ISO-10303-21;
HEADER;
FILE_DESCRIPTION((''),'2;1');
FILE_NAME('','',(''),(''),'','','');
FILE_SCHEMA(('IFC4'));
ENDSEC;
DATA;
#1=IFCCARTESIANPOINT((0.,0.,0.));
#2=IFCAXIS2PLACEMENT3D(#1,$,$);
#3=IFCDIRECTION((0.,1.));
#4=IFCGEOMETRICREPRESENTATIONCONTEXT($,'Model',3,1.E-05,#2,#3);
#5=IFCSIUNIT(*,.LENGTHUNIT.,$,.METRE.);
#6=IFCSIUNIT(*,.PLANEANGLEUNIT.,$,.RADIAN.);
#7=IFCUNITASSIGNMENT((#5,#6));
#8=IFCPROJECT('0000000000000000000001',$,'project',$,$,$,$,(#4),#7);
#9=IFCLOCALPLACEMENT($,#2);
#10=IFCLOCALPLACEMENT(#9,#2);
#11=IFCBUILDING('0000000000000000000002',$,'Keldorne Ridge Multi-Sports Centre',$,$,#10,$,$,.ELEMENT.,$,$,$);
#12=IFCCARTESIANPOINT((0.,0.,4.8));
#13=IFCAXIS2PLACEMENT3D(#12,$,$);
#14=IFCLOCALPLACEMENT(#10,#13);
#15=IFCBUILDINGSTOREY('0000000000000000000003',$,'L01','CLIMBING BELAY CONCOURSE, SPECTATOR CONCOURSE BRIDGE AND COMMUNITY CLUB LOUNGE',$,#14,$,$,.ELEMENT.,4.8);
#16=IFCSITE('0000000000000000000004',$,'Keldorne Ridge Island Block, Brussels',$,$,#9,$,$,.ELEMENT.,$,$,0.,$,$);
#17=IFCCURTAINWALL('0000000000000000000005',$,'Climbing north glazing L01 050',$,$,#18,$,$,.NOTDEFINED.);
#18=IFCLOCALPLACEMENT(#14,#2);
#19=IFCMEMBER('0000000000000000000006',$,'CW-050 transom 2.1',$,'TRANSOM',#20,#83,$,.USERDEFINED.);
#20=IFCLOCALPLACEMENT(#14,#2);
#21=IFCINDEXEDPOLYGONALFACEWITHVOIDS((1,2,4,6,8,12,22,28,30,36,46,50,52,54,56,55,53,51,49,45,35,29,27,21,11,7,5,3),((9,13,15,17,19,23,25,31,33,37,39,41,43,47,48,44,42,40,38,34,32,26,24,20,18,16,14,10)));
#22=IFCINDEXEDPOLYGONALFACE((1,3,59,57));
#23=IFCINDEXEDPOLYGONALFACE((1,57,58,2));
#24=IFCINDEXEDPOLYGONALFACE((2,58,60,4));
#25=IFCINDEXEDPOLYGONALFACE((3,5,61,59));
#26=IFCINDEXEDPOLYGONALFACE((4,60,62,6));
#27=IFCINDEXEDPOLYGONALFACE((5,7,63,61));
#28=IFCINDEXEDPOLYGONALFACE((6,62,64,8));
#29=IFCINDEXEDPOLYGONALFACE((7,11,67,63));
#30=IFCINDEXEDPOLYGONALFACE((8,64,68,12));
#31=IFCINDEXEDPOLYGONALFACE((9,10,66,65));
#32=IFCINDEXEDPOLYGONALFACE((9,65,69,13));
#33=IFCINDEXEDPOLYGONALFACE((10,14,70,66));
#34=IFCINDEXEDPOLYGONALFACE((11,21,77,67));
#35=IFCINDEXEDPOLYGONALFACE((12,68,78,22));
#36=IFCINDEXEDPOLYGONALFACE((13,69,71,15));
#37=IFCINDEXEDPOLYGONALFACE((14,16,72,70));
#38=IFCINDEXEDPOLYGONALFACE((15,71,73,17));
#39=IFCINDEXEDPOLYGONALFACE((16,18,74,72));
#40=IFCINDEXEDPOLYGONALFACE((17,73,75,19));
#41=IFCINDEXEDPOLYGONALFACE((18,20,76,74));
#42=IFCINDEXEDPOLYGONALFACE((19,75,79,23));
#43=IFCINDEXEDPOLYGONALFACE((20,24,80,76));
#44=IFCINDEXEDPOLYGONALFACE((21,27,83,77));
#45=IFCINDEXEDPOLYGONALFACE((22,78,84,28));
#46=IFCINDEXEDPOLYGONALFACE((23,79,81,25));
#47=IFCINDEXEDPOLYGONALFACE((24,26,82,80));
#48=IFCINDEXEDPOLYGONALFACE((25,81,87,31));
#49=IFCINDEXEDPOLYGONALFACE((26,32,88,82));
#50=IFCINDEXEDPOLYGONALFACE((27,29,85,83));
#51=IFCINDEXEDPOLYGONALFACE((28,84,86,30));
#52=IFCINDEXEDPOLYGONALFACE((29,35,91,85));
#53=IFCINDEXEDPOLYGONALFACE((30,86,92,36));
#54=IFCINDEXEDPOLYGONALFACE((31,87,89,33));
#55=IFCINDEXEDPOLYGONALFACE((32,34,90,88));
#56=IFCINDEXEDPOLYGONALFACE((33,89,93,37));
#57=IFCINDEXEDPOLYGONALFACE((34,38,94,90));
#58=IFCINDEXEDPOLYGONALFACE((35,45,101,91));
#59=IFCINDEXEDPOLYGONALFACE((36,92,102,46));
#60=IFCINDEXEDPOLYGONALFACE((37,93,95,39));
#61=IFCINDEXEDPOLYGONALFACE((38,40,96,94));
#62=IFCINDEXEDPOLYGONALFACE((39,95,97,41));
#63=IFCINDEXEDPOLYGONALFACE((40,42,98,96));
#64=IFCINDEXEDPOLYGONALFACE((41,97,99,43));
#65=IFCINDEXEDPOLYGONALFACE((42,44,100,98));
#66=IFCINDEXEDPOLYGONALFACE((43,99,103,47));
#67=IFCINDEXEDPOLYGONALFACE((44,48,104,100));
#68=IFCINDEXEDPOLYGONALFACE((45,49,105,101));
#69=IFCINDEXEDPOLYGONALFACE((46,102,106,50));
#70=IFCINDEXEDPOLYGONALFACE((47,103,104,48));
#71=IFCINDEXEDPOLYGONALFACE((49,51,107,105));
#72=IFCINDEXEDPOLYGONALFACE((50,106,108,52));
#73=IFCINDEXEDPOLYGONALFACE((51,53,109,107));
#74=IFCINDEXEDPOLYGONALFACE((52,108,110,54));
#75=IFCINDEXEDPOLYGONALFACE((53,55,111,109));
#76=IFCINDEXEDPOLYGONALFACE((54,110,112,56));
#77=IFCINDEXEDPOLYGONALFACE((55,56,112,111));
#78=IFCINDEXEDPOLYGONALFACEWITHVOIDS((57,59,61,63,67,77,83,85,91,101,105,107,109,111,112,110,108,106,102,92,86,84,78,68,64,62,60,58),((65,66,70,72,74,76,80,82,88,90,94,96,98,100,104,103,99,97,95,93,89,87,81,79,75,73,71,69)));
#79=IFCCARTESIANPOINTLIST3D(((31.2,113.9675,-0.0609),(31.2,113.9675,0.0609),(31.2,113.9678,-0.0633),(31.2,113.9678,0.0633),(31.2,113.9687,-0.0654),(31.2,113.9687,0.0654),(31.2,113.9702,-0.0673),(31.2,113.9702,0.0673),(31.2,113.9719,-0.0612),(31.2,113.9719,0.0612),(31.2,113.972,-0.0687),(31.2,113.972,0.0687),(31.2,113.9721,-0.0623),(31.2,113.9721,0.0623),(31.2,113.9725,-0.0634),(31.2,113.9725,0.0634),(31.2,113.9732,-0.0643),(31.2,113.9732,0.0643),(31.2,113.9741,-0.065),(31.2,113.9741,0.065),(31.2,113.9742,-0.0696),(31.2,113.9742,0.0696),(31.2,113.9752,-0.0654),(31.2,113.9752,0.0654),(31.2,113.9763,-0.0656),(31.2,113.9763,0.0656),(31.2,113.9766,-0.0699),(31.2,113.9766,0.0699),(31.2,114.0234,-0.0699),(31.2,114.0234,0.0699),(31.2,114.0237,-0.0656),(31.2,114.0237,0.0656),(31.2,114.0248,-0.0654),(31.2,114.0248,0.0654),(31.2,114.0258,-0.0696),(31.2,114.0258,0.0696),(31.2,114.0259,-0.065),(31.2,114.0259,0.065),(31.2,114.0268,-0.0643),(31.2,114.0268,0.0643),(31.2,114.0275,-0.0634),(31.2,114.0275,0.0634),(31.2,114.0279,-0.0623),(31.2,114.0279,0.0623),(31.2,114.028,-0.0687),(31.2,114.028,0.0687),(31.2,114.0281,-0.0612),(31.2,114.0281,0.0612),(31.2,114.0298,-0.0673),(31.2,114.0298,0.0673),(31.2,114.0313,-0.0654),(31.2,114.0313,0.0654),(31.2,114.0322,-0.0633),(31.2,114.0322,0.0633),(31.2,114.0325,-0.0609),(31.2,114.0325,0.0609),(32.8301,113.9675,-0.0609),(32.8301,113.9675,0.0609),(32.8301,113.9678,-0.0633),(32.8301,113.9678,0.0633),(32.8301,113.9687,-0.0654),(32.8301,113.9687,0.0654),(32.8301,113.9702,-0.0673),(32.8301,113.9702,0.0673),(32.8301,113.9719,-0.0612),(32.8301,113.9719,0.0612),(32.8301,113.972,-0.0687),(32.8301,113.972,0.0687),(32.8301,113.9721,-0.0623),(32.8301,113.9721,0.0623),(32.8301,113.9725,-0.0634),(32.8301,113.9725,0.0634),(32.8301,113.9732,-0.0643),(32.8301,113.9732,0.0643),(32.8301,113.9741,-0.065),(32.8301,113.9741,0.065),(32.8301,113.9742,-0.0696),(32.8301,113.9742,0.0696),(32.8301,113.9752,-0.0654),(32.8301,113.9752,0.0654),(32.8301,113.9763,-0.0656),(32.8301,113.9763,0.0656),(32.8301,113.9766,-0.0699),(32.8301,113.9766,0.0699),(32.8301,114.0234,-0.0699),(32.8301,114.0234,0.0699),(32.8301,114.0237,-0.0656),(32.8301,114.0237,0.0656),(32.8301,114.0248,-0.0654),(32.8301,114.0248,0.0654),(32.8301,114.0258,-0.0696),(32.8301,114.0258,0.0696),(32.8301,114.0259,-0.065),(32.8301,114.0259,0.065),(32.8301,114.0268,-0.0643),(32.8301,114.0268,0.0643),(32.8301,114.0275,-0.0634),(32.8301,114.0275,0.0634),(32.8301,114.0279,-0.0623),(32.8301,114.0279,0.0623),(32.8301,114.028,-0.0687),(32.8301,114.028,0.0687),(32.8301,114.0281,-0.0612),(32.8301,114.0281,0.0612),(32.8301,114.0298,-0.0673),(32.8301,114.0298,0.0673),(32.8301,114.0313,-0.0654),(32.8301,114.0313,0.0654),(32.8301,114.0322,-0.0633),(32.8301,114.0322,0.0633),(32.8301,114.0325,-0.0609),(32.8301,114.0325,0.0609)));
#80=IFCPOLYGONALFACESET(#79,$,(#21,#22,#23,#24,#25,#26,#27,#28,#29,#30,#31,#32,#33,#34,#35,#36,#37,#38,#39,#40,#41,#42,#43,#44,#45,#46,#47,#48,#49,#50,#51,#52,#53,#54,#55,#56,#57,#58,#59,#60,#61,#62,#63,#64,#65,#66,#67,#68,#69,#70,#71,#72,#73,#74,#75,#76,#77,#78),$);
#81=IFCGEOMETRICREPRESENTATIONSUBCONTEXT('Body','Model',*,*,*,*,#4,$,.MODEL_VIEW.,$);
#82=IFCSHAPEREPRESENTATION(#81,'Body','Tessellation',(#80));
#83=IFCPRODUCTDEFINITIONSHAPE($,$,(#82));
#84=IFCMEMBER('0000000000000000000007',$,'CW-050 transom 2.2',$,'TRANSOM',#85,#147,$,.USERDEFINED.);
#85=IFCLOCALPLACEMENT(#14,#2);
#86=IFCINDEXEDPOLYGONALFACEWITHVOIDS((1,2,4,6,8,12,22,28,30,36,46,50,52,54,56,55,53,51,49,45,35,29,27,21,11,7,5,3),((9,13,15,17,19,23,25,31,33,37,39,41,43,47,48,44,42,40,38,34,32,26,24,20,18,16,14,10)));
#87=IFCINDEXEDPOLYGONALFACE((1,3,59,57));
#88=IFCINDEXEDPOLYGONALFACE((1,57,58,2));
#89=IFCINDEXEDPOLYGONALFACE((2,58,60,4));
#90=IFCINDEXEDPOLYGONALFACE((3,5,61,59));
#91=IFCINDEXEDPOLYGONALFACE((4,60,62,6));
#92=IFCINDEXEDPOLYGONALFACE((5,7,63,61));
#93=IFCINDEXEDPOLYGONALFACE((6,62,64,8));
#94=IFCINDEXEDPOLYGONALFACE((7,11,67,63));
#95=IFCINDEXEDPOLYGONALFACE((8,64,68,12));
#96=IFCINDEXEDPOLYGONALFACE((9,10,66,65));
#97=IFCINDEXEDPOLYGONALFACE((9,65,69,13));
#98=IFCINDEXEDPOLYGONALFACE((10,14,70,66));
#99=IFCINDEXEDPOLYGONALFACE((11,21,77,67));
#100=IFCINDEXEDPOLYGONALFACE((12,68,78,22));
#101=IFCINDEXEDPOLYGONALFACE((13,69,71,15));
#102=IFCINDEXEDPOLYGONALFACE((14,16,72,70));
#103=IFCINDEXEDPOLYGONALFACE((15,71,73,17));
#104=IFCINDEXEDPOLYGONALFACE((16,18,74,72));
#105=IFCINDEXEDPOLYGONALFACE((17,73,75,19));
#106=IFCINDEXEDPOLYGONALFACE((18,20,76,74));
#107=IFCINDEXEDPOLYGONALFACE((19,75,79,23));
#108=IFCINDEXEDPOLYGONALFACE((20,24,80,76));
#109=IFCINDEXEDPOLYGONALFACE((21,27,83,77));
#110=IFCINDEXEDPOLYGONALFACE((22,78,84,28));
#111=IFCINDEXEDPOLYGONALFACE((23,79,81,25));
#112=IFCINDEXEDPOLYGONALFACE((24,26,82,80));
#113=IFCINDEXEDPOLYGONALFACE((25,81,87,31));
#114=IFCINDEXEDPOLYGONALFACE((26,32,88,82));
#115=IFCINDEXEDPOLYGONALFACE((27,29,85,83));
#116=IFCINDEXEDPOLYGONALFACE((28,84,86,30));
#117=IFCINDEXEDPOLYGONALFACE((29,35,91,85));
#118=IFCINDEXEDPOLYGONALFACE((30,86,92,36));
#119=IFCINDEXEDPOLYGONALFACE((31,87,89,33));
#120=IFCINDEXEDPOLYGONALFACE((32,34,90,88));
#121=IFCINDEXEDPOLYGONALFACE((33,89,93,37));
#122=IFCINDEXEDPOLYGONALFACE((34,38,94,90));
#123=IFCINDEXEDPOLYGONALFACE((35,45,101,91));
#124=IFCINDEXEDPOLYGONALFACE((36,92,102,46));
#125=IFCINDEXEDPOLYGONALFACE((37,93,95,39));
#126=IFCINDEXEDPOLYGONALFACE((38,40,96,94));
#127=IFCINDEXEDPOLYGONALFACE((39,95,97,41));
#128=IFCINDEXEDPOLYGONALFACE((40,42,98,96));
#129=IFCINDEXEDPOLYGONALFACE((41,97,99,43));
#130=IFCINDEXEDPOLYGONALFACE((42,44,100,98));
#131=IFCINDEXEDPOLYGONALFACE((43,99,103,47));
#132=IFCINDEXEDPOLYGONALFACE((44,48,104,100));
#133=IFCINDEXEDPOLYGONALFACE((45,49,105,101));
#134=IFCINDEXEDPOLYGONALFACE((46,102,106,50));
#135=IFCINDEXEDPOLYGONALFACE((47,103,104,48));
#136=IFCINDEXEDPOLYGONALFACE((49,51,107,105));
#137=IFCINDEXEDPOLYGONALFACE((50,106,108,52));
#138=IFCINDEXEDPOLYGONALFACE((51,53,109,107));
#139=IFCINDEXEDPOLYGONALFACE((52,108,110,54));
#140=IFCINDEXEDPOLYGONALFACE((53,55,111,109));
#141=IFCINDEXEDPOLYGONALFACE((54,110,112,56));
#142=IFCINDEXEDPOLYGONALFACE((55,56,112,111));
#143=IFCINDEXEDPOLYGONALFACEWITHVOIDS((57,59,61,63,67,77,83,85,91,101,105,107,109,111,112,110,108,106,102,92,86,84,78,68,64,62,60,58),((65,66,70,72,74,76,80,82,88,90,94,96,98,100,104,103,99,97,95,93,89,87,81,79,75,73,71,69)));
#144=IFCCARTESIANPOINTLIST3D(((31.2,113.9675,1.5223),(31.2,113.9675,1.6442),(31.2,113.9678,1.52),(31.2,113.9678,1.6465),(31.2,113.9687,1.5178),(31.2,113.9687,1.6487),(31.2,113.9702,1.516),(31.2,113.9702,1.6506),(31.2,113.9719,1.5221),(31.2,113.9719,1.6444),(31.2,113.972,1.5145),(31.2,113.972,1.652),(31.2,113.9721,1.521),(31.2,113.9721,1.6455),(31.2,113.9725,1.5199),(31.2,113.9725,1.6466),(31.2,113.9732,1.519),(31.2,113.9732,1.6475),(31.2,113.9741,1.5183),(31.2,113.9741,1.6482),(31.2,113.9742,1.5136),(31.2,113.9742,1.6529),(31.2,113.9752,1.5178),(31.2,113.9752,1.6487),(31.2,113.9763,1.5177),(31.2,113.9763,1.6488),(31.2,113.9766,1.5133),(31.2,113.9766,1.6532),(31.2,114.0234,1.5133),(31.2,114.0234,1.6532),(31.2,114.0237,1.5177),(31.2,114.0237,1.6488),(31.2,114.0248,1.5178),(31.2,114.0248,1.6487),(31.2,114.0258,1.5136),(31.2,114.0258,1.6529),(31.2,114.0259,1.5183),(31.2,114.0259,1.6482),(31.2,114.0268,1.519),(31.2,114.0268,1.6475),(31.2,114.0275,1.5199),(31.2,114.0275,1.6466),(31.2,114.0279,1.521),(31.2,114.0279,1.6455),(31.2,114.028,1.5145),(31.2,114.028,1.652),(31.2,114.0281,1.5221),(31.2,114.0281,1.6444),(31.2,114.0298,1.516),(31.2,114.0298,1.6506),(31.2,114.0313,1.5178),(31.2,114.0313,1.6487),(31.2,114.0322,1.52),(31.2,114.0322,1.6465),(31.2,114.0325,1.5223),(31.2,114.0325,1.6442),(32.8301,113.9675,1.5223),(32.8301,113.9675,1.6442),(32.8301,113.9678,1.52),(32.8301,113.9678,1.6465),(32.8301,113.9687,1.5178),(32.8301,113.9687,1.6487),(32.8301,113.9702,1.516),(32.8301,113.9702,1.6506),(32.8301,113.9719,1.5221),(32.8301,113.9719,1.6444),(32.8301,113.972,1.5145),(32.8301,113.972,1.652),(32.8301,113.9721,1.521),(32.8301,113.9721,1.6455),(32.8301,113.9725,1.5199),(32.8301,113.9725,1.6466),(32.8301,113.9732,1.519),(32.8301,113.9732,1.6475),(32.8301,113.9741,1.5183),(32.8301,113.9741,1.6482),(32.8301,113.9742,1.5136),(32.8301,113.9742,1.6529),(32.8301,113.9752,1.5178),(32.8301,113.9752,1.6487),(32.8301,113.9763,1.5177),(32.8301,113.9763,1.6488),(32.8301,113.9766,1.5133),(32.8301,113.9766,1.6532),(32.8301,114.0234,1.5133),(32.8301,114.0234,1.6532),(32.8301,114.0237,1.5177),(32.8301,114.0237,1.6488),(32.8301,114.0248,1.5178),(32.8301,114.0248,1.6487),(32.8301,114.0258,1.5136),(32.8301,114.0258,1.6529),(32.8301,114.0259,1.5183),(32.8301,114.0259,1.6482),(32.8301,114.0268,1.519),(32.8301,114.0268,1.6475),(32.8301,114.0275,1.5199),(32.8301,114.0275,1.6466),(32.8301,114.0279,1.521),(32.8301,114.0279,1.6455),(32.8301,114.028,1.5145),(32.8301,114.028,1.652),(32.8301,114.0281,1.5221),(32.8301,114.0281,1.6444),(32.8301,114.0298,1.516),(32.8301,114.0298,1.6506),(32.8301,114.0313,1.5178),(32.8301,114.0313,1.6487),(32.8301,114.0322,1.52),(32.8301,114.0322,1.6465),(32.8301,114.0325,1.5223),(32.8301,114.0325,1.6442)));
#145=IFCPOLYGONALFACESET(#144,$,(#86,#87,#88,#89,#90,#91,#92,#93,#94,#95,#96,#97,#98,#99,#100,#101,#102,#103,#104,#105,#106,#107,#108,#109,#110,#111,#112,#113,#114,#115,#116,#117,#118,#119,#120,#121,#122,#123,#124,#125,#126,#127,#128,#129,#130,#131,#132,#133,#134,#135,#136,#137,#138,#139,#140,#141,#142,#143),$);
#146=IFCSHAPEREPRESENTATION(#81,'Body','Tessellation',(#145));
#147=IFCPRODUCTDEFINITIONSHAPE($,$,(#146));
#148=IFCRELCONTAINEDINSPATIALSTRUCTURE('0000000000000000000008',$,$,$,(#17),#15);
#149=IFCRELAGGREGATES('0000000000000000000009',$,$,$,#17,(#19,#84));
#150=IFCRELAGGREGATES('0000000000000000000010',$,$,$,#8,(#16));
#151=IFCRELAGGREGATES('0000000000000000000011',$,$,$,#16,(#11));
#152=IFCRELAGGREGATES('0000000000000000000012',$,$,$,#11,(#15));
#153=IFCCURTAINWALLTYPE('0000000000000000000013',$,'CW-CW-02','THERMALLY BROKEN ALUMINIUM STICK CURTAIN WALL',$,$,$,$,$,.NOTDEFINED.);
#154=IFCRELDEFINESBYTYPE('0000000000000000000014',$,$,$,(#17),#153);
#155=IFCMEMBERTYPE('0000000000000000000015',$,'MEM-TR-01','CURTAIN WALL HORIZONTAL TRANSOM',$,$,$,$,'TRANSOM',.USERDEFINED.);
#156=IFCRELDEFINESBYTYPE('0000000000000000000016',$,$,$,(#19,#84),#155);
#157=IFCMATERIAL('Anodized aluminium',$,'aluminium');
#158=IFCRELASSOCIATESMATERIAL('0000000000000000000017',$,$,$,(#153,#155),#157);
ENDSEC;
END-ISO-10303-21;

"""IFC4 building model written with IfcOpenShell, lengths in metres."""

from ifc_helpers import new_model, si_unit, direction, frame, origin, origin_2d, place, context, subcontext, project, spatial, hollow_rectangle, extrude, material, material_profile, profile_set, type_object, element, aggregate, save


model = new_model("IFC4")

# Units and contexts
model_context = context("Model", 3, precision=1e-05, world=origin(), true_north=direction((0.0, 1.0)))
body_context = subcontext(model_context, "Body", "Model", "MODEL_VIEW")
ifc_project = project(units=[si_unit("LENGTHUNIT", "METRE"), si_unit("PLANEANGLEUNIT", "RADIAN")], contexts=[model_context])

# Site, building, storey
site_placement = place(None, origin())
site = spatial("IfcSite", under=ifc_project, at=site_placement, Name="Keldorne Ridge Island Block, Brussels", CompositionType="ELEMENT", RefElevation=0.0)
building_placement = place(site_placement, origin())
building = spatial("IfcBuilding", under=site, at=building_placement, Name="Keldorne Ridge Multi-Sports Centre", CompositionType="ELEMENT")
storey_placement = place(building_placement, frame((0.0, 0.0, 4.8)))
storey = spatial("IfcBuildingStorey", under=building, at=storey_placement, Name="L01", Description="CLIMBING BELAY CONCOURSE, SPECTATOR CONCOURSE BRIDGE AND COMMUNITY CLUB LOUNGE", CompositionType="ELEMENT", Elevation=4.8)

# Curtain wall
ifc_material_1 = material(Name="Anodized aluminium", Category="aluminium")
curtain_wall_type_1 = type_object("IfcCurtainWallType", Name="CW-CW-02", Description="THERMALLY BROKEN ALUMINIUM STICK CURTAIN WALL", PredefinedType="NOTDEFINED", material=ifc_material_1)
curtain_wall_1_placement = place(storey_placement, origin())
curtain_wall_1 = element("IfcCurtainWall", 1, at=curtain_wall_1_placement, inside=storey, type_object=curtain_wall_type_1, Name="Climbing north glazing L01 050", PredefinedType="NOTDEFINED")

# Members
ifc_material_profile_1 = material_profile(ifc_material_1, hollow_rectangle(XDim=0.0649, YDim=0.1399, WallThickness=0.0044, InnerFilletRadius=0.0044, OuterFilletRadius=0.009, at=origin_2d()), Name="ALU TRANSOM 140x65x4.5")
ifc_profile_set_1 = profile_set([ifc_material_profile_1], Name="Anodized aluminium")
member_type_1 = type_object("IfcMemberType", Name="MEM-TR-01", Description="CURTAIN WALL HORIZONTAL TRANSOM", ElementType="TRANSOM", PredefinedType="USERDEFINED", material=ifc_profile_set_1)
member_1_placement = place(storey_placement, frame((32.8301, 114.0, 0.0), z_axis=(-1.0, 0.0, 0.0), x_axis=(0.0, -1.0, 0.0)))
member_1 = element("IfcMember", 2, at=member_1_placement, type_object=member_type_1, Name="CW-050 transom 2.1", ObjectType="TRANSOM", PredefinedType="USERDEFINED", context=body_context, shape_type="SweptSolid", body=[
    extrude(hollow_rectangle(XDim=0.0649, YDim=0.1399, WallThickness=0.0044, InnerFilletRadius=0.0044, OuterFilletRadius=0.009, at=origin_2d()), origin(), (0.0, 0.0, 1.0), 1.6301),
])
member_2_placement = place(storey_placement, frame((32.8301, 114.0, 1.5833), z_axis=(-1.0, 0.0, 0.0), x_axis=(0.0, -1.0, 0.0)))
member_2 = element("IfcMember", 3, at=member_2_placement, type_object=member_type_1, Name="CW-050 transom 2.2", ObjectType="TRANSOM", PredefinedType="USERDEFINED", context=body_context, shape_type="SweptSolid", body=[
    extrude(hollow_rectangle(XDim=0.0649, YDim=0.1399, WallThickness=0.0044, InnerFilletRadius=0.0044, OuterFilletRadius=0.009, at=origin_2d()), origin(), (0.0, 0.0, 1.0), 1.6301),
])

aggregate(curtain_wall_1, [member_1, member_2])

save(model, "model.ifc")
